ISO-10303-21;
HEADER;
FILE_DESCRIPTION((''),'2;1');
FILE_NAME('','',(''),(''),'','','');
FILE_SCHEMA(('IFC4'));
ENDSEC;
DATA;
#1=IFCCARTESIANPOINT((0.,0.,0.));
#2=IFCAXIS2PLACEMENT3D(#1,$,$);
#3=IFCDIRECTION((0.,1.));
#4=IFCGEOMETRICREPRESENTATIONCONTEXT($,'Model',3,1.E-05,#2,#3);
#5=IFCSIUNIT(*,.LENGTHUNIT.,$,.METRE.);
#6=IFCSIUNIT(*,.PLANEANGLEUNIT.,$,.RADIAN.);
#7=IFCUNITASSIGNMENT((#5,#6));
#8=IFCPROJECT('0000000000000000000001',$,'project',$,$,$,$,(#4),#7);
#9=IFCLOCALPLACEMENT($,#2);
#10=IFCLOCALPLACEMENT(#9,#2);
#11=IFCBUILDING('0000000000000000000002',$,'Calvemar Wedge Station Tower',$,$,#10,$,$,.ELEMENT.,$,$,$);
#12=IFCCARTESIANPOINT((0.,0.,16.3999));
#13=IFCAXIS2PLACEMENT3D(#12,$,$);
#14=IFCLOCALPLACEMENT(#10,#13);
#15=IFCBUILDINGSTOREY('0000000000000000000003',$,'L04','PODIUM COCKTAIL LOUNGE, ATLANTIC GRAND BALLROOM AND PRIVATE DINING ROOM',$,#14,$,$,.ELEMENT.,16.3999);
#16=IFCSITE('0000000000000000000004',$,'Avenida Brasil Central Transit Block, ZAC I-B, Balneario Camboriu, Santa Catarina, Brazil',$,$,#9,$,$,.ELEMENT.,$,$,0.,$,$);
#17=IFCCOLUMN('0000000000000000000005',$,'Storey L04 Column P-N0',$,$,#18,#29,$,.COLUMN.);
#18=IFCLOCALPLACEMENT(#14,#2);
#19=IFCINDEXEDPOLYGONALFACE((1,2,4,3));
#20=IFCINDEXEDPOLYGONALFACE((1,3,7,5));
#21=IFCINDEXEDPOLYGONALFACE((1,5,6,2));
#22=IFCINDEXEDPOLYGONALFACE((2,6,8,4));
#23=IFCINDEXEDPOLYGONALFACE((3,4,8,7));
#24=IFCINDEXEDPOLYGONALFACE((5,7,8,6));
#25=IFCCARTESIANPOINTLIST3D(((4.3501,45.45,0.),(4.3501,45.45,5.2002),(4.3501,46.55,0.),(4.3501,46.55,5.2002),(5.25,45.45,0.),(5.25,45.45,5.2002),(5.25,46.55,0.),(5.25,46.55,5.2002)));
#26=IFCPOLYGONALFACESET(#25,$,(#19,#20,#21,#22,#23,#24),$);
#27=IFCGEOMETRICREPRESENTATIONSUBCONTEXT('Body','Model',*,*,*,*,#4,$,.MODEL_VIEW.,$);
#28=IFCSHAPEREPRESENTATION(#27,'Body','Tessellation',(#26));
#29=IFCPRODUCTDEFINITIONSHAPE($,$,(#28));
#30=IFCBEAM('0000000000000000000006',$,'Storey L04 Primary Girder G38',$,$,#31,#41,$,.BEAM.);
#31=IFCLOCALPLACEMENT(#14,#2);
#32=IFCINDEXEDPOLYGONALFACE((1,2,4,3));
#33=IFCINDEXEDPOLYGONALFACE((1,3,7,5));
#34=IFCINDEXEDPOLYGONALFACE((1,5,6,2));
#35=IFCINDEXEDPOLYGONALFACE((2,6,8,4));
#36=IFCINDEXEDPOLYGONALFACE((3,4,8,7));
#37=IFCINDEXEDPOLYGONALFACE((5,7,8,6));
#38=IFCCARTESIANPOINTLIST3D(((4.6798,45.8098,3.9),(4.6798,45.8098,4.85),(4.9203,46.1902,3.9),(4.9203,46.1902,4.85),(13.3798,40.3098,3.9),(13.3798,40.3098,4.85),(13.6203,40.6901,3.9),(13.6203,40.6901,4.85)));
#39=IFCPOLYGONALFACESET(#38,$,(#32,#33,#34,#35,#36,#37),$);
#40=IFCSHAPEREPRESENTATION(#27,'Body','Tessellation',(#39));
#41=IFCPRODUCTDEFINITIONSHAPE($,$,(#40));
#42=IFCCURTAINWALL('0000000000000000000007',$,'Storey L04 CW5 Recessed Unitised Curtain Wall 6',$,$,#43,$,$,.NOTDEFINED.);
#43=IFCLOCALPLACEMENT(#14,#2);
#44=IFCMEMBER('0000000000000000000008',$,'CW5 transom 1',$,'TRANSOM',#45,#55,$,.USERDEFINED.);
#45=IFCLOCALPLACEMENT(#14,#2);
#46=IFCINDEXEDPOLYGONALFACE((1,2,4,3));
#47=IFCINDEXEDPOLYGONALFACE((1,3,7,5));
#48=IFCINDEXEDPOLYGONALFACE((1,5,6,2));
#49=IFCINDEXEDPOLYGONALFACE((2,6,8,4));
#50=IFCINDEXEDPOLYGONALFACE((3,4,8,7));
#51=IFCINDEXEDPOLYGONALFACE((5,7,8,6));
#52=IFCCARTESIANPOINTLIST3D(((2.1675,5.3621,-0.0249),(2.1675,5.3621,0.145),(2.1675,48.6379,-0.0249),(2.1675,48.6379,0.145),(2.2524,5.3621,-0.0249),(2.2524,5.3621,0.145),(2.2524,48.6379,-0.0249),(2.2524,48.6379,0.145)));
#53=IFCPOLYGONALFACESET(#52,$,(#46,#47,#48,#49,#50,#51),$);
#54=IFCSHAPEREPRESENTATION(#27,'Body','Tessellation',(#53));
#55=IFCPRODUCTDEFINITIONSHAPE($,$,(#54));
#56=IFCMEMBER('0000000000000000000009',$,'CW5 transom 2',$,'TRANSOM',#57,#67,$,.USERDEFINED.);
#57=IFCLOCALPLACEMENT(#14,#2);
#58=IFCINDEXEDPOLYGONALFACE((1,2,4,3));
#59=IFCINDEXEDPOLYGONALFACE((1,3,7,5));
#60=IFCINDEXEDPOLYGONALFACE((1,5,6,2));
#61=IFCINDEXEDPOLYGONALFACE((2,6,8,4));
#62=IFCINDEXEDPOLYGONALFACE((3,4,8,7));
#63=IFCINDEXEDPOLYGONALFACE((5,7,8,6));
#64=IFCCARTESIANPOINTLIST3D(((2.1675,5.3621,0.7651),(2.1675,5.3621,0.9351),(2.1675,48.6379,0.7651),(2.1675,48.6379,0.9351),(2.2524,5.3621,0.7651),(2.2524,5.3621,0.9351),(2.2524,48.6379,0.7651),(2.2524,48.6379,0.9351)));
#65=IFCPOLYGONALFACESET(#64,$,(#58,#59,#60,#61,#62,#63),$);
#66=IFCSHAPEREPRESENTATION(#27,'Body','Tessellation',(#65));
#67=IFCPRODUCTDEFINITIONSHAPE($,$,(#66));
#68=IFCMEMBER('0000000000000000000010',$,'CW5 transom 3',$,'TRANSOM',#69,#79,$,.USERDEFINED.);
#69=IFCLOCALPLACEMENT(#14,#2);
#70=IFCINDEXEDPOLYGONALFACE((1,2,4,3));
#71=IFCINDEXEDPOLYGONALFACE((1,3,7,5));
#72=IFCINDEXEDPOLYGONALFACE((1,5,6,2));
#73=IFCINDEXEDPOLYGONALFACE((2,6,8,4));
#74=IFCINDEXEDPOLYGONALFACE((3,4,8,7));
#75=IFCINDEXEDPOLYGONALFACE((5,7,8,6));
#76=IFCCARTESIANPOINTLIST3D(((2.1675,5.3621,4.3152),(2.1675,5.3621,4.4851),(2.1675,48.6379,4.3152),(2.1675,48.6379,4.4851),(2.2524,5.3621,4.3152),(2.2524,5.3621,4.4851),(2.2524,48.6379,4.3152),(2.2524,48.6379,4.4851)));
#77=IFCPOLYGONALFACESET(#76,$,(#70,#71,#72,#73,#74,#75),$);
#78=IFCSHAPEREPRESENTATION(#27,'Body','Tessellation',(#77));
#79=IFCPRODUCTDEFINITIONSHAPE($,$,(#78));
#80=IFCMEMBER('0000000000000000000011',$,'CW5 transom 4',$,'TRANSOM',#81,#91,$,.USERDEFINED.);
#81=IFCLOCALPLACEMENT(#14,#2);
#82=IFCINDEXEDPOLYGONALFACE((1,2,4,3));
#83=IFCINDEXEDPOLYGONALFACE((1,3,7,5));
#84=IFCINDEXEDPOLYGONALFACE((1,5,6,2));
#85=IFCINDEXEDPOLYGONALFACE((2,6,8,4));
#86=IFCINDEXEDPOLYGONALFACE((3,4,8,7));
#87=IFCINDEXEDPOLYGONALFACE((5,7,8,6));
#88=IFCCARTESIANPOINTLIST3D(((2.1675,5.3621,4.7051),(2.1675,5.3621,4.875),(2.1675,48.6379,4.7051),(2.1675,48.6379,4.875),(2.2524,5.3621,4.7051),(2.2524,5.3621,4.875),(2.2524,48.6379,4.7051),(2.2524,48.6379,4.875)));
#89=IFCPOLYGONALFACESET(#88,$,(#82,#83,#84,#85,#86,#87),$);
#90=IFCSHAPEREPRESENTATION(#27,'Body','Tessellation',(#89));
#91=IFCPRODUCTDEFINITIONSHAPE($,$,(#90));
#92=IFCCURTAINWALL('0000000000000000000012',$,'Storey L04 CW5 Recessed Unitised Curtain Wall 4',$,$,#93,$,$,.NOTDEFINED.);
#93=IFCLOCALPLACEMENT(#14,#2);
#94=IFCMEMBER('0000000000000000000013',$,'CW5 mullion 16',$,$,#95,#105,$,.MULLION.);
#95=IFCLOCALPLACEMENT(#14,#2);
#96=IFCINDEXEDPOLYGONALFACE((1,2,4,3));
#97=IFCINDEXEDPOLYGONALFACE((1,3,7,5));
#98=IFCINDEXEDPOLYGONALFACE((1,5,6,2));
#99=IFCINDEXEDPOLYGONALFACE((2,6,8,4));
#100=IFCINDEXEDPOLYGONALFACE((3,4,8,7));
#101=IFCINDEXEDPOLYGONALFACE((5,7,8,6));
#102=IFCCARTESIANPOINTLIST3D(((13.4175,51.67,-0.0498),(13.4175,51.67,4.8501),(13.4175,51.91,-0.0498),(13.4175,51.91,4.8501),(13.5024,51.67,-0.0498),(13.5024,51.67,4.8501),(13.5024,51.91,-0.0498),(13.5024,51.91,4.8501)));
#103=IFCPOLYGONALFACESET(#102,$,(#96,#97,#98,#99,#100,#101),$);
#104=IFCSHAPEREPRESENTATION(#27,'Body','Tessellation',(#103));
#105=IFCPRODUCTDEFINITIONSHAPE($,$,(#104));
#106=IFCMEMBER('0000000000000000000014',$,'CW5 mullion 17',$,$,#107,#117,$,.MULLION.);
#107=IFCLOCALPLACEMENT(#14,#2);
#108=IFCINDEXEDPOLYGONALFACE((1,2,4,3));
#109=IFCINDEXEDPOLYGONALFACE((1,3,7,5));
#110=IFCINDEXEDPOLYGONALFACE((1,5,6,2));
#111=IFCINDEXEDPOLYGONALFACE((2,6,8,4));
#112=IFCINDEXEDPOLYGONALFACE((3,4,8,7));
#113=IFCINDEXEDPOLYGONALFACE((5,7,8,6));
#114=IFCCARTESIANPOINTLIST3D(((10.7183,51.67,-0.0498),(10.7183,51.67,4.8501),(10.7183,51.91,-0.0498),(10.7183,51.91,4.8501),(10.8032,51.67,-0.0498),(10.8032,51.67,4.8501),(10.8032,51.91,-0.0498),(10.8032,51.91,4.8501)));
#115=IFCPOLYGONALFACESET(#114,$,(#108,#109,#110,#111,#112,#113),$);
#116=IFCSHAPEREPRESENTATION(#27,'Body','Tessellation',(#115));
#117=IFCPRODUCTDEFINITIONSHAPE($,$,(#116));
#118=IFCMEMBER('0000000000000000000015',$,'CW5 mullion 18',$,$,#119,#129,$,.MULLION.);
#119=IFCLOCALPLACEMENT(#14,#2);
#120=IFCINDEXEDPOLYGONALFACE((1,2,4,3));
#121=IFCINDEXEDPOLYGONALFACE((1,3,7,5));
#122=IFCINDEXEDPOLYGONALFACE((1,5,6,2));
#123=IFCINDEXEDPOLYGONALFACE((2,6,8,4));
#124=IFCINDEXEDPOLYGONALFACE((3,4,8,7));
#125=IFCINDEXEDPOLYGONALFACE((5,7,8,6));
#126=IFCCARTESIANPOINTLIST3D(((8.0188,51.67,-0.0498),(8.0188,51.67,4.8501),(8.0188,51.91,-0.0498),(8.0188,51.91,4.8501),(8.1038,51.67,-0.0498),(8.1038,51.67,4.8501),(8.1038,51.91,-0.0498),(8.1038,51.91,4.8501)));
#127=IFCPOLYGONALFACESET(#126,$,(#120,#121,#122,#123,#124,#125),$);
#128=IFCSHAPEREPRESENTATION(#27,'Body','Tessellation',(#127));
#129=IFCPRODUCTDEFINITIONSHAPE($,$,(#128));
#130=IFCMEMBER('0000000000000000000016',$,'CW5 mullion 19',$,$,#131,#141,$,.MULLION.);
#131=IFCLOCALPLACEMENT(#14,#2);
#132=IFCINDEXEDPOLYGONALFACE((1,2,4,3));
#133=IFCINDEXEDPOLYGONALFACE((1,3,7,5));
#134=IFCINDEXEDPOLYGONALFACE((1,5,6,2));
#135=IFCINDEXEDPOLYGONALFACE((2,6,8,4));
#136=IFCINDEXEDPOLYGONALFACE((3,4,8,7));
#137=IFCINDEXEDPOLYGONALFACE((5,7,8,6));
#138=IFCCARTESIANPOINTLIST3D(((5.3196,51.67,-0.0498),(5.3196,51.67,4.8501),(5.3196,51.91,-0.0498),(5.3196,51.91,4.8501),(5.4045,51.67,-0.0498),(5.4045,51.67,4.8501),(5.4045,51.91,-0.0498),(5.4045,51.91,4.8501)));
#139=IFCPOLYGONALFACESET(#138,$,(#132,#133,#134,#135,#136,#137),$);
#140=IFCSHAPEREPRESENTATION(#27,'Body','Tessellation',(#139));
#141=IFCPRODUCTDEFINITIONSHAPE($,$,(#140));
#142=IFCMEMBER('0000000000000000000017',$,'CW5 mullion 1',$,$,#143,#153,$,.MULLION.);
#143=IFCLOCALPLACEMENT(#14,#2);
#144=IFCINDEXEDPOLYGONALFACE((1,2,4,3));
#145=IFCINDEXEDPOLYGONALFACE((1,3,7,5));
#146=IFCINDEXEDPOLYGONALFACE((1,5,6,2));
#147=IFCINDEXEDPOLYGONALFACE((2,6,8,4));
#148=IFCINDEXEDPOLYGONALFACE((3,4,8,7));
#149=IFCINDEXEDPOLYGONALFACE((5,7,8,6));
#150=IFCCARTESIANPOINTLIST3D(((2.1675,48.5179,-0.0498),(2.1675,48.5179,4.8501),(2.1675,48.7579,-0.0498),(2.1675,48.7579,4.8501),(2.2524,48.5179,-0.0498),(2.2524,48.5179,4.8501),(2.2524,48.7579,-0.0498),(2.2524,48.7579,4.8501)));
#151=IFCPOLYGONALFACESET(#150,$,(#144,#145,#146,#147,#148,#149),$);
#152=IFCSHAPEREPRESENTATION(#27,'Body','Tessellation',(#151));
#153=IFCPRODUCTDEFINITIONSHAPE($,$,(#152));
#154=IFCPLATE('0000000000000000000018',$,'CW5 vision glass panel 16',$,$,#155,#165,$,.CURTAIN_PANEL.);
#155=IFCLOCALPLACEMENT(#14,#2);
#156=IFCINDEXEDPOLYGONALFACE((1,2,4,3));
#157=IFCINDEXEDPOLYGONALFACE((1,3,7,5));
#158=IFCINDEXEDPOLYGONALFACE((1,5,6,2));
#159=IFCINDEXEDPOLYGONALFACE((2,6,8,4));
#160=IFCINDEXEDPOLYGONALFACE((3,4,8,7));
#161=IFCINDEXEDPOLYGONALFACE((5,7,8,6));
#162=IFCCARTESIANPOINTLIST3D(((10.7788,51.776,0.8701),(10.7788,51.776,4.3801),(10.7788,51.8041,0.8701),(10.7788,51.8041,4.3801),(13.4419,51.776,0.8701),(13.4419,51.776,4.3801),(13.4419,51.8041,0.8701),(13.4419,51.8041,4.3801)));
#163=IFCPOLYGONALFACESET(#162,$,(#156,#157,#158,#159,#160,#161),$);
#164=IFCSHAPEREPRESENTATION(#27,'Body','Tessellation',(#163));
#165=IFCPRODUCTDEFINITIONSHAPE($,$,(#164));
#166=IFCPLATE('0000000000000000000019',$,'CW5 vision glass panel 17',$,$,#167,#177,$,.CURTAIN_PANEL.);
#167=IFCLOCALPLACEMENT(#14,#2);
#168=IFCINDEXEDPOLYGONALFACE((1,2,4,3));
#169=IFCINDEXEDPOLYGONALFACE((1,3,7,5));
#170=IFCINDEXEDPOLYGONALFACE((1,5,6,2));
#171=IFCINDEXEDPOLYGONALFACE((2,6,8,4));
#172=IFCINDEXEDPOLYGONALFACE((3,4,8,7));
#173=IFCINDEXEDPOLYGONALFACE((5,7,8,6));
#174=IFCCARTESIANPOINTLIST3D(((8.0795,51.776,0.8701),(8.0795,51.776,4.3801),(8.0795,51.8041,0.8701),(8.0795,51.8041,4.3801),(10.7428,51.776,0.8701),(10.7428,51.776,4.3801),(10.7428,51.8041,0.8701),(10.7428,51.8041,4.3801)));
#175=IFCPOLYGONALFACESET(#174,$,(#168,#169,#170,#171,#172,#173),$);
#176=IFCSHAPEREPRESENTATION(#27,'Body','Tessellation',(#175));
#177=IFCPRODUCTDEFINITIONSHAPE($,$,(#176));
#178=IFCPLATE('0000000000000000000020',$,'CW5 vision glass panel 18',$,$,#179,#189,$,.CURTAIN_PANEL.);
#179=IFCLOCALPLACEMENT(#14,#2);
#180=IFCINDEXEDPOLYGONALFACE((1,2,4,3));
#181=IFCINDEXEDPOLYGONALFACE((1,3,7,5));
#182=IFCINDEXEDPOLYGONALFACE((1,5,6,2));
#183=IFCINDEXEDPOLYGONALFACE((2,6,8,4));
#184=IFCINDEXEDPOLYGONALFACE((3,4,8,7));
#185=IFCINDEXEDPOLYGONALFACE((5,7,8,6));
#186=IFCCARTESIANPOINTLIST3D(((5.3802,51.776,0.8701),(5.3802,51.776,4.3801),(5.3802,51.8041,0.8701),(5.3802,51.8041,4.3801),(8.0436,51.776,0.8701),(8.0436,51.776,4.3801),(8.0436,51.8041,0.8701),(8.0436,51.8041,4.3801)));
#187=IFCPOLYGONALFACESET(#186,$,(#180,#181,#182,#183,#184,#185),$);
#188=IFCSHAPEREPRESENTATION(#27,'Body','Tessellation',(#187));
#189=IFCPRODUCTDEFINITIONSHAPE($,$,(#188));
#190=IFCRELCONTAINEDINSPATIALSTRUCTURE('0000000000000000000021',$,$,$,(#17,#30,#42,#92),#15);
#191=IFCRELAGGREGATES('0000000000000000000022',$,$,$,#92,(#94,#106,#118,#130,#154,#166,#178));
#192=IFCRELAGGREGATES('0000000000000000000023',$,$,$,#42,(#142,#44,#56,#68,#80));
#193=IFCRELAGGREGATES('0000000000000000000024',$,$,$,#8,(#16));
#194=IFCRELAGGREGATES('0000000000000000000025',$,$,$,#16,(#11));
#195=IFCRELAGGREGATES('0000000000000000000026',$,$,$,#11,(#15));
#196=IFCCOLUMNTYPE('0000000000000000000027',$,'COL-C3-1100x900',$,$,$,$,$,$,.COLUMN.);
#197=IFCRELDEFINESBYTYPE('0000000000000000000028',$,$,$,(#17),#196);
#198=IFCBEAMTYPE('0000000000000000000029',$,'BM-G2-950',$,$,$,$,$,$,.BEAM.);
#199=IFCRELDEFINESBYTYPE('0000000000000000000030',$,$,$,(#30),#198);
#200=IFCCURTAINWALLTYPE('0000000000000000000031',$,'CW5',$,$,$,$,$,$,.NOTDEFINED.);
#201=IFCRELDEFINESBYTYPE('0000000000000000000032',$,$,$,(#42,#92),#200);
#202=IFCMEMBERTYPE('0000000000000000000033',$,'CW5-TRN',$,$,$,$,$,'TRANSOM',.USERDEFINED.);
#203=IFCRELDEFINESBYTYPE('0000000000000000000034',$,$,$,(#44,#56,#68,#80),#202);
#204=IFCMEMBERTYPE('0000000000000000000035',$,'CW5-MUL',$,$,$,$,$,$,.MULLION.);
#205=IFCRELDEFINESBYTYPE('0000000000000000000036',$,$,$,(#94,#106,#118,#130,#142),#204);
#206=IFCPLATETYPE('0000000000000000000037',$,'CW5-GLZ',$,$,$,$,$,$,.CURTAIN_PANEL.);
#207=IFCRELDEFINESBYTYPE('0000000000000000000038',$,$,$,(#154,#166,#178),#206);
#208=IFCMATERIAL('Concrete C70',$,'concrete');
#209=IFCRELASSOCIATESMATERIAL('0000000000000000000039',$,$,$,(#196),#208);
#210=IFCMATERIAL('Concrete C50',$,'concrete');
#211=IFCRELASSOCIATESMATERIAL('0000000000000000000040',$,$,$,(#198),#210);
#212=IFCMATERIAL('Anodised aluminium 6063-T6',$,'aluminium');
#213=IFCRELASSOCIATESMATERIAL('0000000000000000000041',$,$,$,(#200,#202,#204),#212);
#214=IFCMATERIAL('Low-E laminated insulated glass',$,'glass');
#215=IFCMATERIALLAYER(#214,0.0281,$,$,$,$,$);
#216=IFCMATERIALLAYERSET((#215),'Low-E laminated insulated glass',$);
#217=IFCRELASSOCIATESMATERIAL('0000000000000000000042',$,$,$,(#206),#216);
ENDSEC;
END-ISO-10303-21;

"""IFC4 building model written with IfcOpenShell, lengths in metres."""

from ifc_helpers import new_model, si_unit, direction, frame, frame_2d, origin, origin_2d, place, context, subcontext, project, spatial, rectangle, extrude, source, transform, mapped, material, layer, layer_set, material_profile, profile_set, type_object, element, aggregate, save


model = new_model("IFC4")

# Units and contexts
model_context = context("Model", 3, precision=1e-05, world=origin(), true_north=direction((0.0, 1.0)))
body_context = subcontext(model_context, "Body", "Model", "MODEL_VIEW")
ifc_project = project(units=[si_unit("LENGTHUNIT", "METRE"), si_unit("PLANEANGLEUNIT", "RADIAN")], contexts=[model_context])

# Site, building, storey
site_placement = place(None, origin())
site = spatial("IfcSite", under=ifc_project, at=site_placement, Name="Avenida Brasil Central Transit Block, ZAC I-B, Balneario Camboriu, Santa Catarina, Brazil", CompositionType="ELEMENT", RefElevation=0.0)
building_placement = place(site_placement, origin())
building = spatial("IfcBuilding", under=site, at=building_placement, Name="Calvemar Wedge Station Tower", CompositionType="ELEMENT")
storey_placement = place(building_placement, frame((0.0, 0.0, 16.3999)))
storey = spatial("IfcBuildingStorey", under=building, at=storey_placement, Name="L04", Description="PODIUM COCKTAIL LOUNGE, ATLANTIC GRAND BALLROOM AND PRIVATE DINING ROOM", CompositionType="ELEMENT", Elevation=16.3999)

# Column
ifc_material_1 = material(Name="Concrete C70", Category="concrete")
ifc_material_profile_1 = material_profile(ifc_material_1, rectangle(XDim=0.8999, YDim=1.1001, at=origin_2d()), Name="RC1100x900")
ifc_profile_set_1 = profile_set([ifc_material_profile_1], Name="Concrete C70")
column_type = type_object("IfcColumnType", Name="COL-C3-1100x900", PredefinedType="COLUMN", material=ifc_profile_set_1)
shared_shape_1 = source(origin(), body_context, "Body", "SweptSolid", [
    extrude(rectangle(XDim=0.8999, YDim=1.1001, at=origin_2d()), origin(), (0.0, 0.0, 1.0), 5.2002),
])
column_placement = place(storey_placement, frame((4.8, 46.0, 0.0), z_axis=(0.0, 0.0, 1.0), x_axis=(1.0, 0.0, 0.0)))
element("IfcColumn", 1, at=column_placement, inside=storey, type_object=column_type, Name="Storey L04 Column P-N0", PredefinedType="COLUMN", context=body_context, shape_type="MappedRepresentation", body=[
    mapped(shared_shape_1, transform((0.0, 0.0, 0.0), scale=1.0)),
])

# Beam
ifc_material_2 = material(Name="Concrete C50", Category="concrete")
ifc_material_profile_2 = material_profile(ifc_material_2, rectangle(XDim=0.45, YDim=0.95, at=origin_2d()), Name="RC450x950")
ifc_profile_set_2 = profile_set([ifc_material_profile_2], Name="Concrete C50")
beam_type = type_object("IfcBeamType", Name="BM-G2-950", PredefinedType="BEAM", material=ifc_profile_set_2)
shared_shape_2 = source(origin(), body_context, "Body", "SweptSolid", [
    extrude(rectangle(XDim=0.45, YDim=0.95, at=origin_2d()), origin(), (0.0, 0.0, 1.0), 10.2927),
])
beam_placement = place(storey_placement, frame((4.8, 46.0, 4.375), z_axis=(0.845257, -0.534361, 0.0), x_axis=(0.534361, 0.845257, 0.0)))
element("IfcBeam", 2, at=beam_placement, inside=storey, type_object=beam_type, Name="Storey L04 Primary Girder G38", PredefinedType="BEAM", context=body_context, shape_type="MappedRepresentation", body=[
    mapped(shared_shape_2, transform((0.0, 0.0, 0.0), scale=1.0)),
])

# Curtain walls, members
ifc_material_3 = material(Name="Anodised aluminium 6063-T6", Category="aluminium")
curtain_wall_type = type_object("IfcCurtainWallType", Name="CW5", PredefinedType="NOTDEFINED", material=ifc_material_3)
curtain_wall_1_placement = place(storey_placement, origin())
curtain_wall_1 = element("IfcCurtainWall", 3, at=curtain_wall_1_placement, inside=storey, type_object=curtain_wall_type, Name="Storey L04 CW5 Recessed Unitised Curtain Wall 6", PredefinedType="NOTDEFINED")
ifc_material_profile_3 = material_profile(ifc_material_3, rectangle(XDim=0.085, YDim=0.1699, at=origin_2d()), Name="AL-TRN-85x170")
ifc_profile_set_3 = profile_set([ifc_material_profile_3], Name="Anodised aluminium 6063-T6")
member_type_1 = type_object("IfcMemberType", Name="CW5-TRN", ElementType="TRANSOM", PredefinedType="USERDEFINED", material=ifc_profile_set_3)
shared_shape_3 = source(origin(), body_context, "Body", "SweptSolid", [
    extrude(rectangle(XDim=0.085, YDim=0.1699, at=origin_2d()), origin(), (0.0, 0.0, 1.0), 43.2759),
])
member_1_placement = place(storey_placement, frame((2.21, 48.6379, 0.0601), z_axis=(0.0, -1.0, 0.0), x_axis=(1.0, 0.0, 0.0)))
member_1 = element("IfcMember", 4, at=member_1_placement, type_object=member_type_1, Name="CW5 transom 1", ObjectType="TRANSOM", PredefinedType="USERDEFINED", context=body_context, shape_type="MappedRepresentation", body=[
    mapped(shared_shape_3, transform((0.0, 0.0, 0.0), scale=1.0)),
])
member_2_placement = place(storey_placement, frame((2.21, 48.6379, 0.8501), z_axis=(0.0, -1.0, 0.0), x_axis=(1.0, 0.0, 0.0)))
member_2 = element("IfcMember", 5, at=member_2_placement, type_object=member_type_1, Name="CW5 transom 2", ObjectType="TRANSOM", PredefinedType="USERDEFINED", context=body_context, shape_type="MappedRepresentation", body=[
    mapped(shared_shape_3, transform((0.0, 0.0, 0.0), scale=1.0)),
])
member_3_placement = place(storey_placement, frame((2.21, 48.6379, 4.4001), z_axis=(0.0, -1.0, 0.0), x_axis=(1.0, 0.0, 0.0)))
member_3 = element("IfcMember", 6, at=member_3_placement, type_object=member_type_1, Name="CW5 transom 3", ObjectType="TRANSOM", PredefinedType="USERDEFINED", context=body_context, shape_type="MappedRepresentation", body=[
    mapped(shared_shape_3, transform((0.0, 0.0, 0.0), scale=1.0)),
])
member_4_placement = place(storey_placement, frame((2.21, 48.6379, 4.79), z_axis=(0.0, -1.0, 0.0), x_axis=(1.0, 0.0, 0.0)))
member_4 = element("IfcMember", 7, at=member_4_placement, type_object=member_type_1, Name="CW5 transom 4", ObjectType="TRANSOM", PredefinedType="USERDEFINED", context=body_context, shape_type="MappedRepresentation", body=[
    mapped(shared_shape_3, transform((0.0, 0.0, 0.0), scale=1.0)),
])
curtain_wall_2_placement = place(storey_placement, origin())
curtain_wall_2 = element("IfcCurtainWall", 8, at=curtain_wall_2_placement, inside=storey, type_object=curtain_wall_type, Name="Storey L04 CW5 Recessed Unitised Curtain Wall 4", PredefinedType="NOTDEFINED")
ifc_material_profile_4 = material_profile(ifc_material_3, rectangle(XDim=0.085, YDim=0.24, at=origin_2d()), Name="AL-MUL-85x240")
ifc_profile_set_4 = profile_set([ifc_material_profile_4], Name="Anodised aluminium 6063-T6")
member_type_2 = type_object("IfcMemberType", Name="CW5-MUL", PredefinedType="MULLION", material=ifc_profile_set_4)
shared_shape_4 = source(origin(), body_context, "Body", "SweptSolid", [
    extrude(rectangle(XDim=0.085, YDim=0.24, at=origin_2d()), origin(), (0.0, 0.0, 1.0), 4.8999),
])
member_5_placement = place(storey_placement, frame((13.46, 51.79, -0.0498), z_axis=(0.0, 0.0, 1.0), x_axis=(1.0, 0.0, 0.0)))
member_5 = element("IfcMember", 9, at=member_5_placement, type_object=member_type_2, Name="CW5 mullion 16", PredefinedType="MULLION", context=body_context, shape_type="MappedRepresentation", body=[
    mapped(shared_shape_4, transform((0.0, 0.0, 0.0), scale=1.0)),
])
member_6_placement = place(storey_placement, frame((10.7607, 51.79, -0.0498), z_axis=(0.0, 0.0, 1.0), x_axis=(1.0, 0.0, 0.0)))
member_6 = element("IfcMember", 10, at=member_6_placement, type_object=member_type_2, Name="CW5 mullion 17", PredefinedType="MULLION", context=body_context, shape_type="MappedRepresentation", body=[
    mapped(shared_shape_4, transform((0.0, 0.0, 0.0), scale=1.0)),
])
member_7_placement = place(storey_placement, frame((8.0613, 51.79, -0.0498), z_axis=(0.0, 0.0, 1.0), x_axis=(1.0, 0.0, 0.0)))
member_7 = element("IfcMember", 11, at=member_7_placement, type_object=member_type_2, Name="CW5 mullion 18", PredefinedType="MULLION", context=body_context, shape_type="MappedRepresentation", body=[
    mapped(shared_shape_4, transform((0.0, 0.0, 0.0), scale=1.0)),
])
member_8_placement = place(storey_placement, frame((5.3621, 51.79, -0.0498), z_axis=(0.0, 0.0, 1.0), x_axis=(1.0, 0.0, 0.0)))
member_8 = element("IfcMember", 12, at=member_8_placement, type_object=member_type_2, Name="CW5 mullion 19", PredefinedType="MULLION", context=body_context, shape_type="MappedRepresentation", body=[
    mapped(shared_shape_4, transform((0.0, 0.0, 0.0), scale=1.0)),
])

# Member
member_9_placement = place(storey_placement, frame((2.21, 48.6379, -0.0498), z_axis=(0.0, 0.0, 1.0), x_axis=(1.0, 0.0, 0.0)))
member_9 = element("IfcMember", 13, at=member_9_placement, type_object=member_type_2, Name="CW5 mullion 1", PredefinedType="MULLION", context=body_context, shape_type="MappedRepresentation", body=[
    mapped(shared_shape_4, transform((0.0, 0.0, 0.0), scale=1.0)),
])

# Plates
ifc_material_4 = material(Name="Low-E laminated insulated glass", Category="glass")
ifc_layer_1 = layer(ifc_material_4, 0.0281)
ifc_layer_set_1 = layer_set([ifc_layer_1], Name="Low-E laminated insulated glass")
plate_type_1 = type_object("IfcPlateType", Name="CW5-GLZ", PredefinedType="CURTAIN_PANEL", material=ifc_layer_set_1)
plate_1_placement = place(storey_placement, frame((13.4419, 51.79, 0.8701), z_axis=(0.0, 0.0, 1.0), x_axis=(-1.0, 0.0, 0.0)))
plate_1 = element("IfcPlate", 14, at=plate_1_placement, type_object=plate_type_1, Name="CW5 vision glass panel 16", PredefinedType="CURTAIN_PANEL", context=body_context, shape_type="SweptSolid", body=[
    extrude(rectangle(XDim=2.6631, YDim=0.0281, at=frame_2d((1.3315, 0.0))), origin(), (0.0, 0.0, 1.0), 3.51),
])
plate_2_placement = place(storey_placement, frame((10.7427, 51.79, 0.8701), z_axis=(0.0, 0.0, 1.0), x_axis=(-1.0, 0.0, 0.0)))
plate_2 = element("IfcPlate", 15, at=plate_2_placement, type_object=plate_type_1, Name="CW5 vision glass panel 17", PredefinedType="CURTAIN_PANEL", context=body_context, shape_type="SweptSolid", body=[
    extrude(rectangle(XDim=2.6633, YDim=0.0281, at=frame_2d((1.3315, 0.0))), origin(), (0.0, 0.0, 1.0), 3.51),
])
plate_3_placement = place(storey_placement, frame((8.0435, 51.79, 0.8701), z_axis=(0.0, 0.0, 1.0), x_axis=(-1.0, 0.0, 0.0)))
plate_3 = element("IfcPlate", 16, at=plate_3_placement, type_object=plate_type_1, Name="CW5 vision glass panel 18", PredefinedType="CURTAIN_PANEL", context=body_context, shape_type="SweptSolid", body=[
    extrude(rectangle(XDim=2.6633, YDim=0.0281, at=frame_2d((1.3315, 0.0))), origin(), (0.0, 0.0, 1.0), 3.51),
])
aggregate(curtain_wall_2, [member_5, member_6, member_7, member_8, plate_1, plate_2, plate_3])
aggregate(curtain_wall_1, [member_9, member_1, member_2, member_3, member_4])

save(model, "model.ifc")
